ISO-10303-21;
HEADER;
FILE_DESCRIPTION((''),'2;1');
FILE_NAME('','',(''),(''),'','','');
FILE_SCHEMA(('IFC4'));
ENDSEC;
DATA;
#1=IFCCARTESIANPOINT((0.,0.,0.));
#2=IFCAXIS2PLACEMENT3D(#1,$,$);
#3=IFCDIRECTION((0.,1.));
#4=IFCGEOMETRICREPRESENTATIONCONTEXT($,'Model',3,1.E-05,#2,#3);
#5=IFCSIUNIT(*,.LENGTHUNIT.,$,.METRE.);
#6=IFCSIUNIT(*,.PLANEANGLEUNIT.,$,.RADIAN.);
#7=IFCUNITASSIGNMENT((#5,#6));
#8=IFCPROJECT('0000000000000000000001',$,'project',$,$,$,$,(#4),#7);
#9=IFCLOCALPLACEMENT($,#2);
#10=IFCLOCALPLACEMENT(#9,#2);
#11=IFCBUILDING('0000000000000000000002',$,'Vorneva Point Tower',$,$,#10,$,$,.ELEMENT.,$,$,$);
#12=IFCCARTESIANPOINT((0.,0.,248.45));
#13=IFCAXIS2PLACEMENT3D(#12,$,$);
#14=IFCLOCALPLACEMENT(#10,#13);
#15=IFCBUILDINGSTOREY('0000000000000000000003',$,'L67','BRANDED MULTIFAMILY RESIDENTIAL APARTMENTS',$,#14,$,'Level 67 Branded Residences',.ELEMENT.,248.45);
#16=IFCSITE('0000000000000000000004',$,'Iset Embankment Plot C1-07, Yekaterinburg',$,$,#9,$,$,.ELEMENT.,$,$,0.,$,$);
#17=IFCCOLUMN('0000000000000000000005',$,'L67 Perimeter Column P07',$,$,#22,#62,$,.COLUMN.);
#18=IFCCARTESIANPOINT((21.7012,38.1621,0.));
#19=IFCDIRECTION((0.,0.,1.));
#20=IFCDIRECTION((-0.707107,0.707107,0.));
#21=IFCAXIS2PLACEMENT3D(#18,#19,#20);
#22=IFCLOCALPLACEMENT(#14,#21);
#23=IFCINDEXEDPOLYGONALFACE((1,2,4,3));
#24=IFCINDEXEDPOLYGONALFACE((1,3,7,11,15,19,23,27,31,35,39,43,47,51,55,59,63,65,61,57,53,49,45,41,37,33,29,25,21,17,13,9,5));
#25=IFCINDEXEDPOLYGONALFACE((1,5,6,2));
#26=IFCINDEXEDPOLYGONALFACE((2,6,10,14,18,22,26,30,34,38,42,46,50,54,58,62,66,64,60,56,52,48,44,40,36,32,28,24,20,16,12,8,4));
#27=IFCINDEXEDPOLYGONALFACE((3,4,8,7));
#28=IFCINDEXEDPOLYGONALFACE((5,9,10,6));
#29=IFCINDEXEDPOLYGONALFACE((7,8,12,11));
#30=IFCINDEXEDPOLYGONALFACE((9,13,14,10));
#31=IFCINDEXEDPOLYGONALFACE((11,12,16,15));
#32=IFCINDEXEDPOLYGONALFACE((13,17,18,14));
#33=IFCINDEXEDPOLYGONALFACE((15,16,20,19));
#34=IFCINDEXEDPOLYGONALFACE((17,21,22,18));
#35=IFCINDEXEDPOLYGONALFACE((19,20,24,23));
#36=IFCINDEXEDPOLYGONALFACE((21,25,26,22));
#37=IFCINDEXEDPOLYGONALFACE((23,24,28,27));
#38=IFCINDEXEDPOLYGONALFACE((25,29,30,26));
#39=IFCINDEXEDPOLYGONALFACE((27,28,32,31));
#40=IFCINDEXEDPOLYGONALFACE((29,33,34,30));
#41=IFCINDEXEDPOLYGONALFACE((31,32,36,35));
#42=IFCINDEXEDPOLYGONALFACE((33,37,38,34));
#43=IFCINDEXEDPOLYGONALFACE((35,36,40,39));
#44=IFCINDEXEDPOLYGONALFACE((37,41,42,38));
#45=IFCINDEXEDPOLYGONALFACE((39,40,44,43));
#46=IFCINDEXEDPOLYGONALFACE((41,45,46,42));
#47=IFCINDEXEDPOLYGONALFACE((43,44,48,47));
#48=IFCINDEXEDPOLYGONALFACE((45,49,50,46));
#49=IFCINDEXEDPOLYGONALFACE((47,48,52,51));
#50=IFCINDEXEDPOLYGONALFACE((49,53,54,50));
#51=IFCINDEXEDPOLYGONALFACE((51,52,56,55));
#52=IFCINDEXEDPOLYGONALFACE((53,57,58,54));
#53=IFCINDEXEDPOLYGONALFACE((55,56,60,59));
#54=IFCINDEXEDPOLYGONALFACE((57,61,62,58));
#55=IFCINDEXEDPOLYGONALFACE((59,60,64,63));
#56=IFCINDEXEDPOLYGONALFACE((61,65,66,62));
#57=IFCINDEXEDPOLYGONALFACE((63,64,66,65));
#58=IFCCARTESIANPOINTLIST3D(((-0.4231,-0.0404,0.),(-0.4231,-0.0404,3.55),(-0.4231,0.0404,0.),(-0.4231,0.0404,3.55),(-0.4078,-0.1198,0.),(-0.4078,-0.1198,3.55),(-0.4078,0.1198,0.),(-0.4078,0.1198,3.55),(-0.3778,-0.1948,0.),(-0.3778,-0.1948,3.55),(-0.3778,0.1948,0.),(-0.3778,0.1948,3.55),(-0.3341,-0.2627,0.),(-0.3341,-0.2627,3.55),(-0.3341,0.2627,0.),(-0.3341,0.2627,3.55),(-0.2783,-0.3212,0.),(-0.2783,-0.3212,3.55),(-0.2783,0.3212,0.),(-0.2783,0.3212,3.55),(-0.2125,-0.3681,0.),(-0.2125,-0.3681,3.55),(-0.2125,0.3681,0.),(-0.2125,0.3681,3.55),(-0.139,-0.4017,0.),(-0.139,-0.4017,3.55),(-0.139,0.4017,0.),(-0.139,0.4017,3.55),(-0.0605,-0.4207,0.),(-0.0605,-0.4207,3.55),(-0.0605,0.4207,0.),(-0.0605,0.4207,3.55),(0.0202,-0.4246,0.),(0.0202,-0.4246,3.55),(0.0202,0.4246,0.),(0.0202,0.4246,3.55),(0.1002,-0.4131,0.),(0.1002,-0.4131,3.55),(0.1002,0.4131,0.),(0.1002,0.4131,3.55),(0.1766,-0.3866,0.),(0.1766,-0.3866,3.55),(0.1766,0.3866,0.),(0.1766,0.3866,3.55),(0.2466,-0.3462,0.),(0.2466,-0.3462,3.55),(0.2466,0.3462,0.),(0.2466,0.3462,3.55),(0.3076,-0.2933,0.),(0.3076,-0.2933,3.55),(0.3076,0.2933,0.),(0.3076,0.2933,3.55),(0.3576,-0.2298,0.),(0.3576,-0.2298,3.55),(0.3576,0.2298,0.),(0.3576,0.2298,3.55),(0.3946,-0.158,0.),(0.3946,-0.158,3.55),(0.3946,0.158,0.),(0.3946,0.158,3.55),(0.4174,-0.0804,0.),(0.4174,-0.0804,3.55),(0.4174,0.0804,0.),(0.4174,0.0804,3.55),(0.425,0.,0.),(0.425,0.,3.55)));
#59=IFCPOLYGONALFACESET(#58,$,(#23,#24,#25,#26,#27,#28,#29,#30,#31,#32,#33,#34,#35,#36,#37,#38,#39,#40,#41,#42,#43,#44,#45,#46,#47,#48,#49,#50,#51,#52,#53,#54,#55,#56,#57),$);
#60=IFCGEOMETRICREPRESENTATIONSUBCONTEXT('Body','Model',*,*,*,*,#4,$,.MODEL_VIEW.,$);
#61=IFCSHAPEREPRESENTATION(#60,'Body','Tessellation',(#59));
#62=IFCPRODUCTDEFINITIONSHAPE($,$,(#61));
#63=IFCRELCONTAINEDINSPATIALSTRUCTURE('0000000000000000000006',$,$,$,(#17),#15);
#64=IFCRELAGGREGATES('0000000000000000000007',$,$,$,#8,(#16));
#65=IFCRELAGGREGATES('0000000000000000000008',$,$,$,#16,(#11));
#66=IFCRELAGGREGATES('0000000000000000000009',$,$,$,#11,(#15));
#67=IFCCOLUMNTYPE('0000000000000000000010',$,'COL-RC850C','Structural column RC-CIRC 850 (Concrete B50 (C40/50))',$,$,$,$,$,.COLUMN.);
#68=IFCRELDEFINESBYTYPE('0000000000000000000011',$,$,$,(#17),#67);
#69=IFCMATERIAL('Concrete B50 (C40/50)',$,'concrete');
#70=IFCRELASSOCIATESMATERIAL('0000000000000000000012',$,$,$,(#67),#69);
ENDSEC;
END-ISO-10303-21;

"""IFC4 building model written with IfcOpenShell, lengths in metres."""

from ifc_helpers import new_model, si_unit, direction, frame, origin, origin_2d, place, context, subcontext, project, spatial, circle, extrude, material, material_profile, profile_set, type_object, element, save


model = new_model("IFC4")

# Units and contexts
model_context = context("Model", 3, precision=1e-05, world=origin(), true_north=direction((0.0, 1.0)))
body_context = subcontext(model_context, "Body", "Model", "MODEL_VIEW")
ifc_project = project(units=[si_unit("LENGTHUNIT", "METRE"), si_unit("PLANEANGLEUNIT", "RADIAN")], contexts=[model_context])

# Site, building, storey
site_placement = place(None, origin())
site = spatial("IfcSite", under=ifc_project, at=site_placement, Name="Iset Embankment Plot C1-07, Yekaterinburg", CompositionType="ELEMENT", RefElevation=0.0)
building_placement = place(site_placement, origin())
building = spatial("IfcBuilding", under=site, at=building_placement, Name="Vorneva Point Tower", CompositionType="ELEMENT")
storey_placement = place(building_placement, frame((0.0, 0.0, 248.45)))
storey = spatial("IfcBuildingStorey", under=building, at=storey_placement, Name="L67", Description="BRANDED MULTIFAMILY RESIDENTIAL APARTMENTS", LongName="Level 67 Branded Residences", CompositionType="ELEMENT", Elevation=248.45)

# Column
ifc_material_1 = material(Name="Concrete B50 (C40/50)", Category="concrete")
ifc_material_profile_1 = material_profile(ifc_material_1, circle(Radius=0.425, at=origin_2d()), Name="RC-CIRC 850")
ifc_profile_set_1 = profile_set([ifc_material_profile_1], Name="Concrete B50 (C40/50)")
column_type = type_object("IfcColumnType", Name="COL-RC850C", Description="Structural column RC-CIRC 850 (Concrete B50 (C40/50))", PredefinedType="COLUMN", material=ifc_profile_set_1)
column_placement = place(storey_placement, frame((21.7012, 38.1621, 0.0), z_axis=(0.0, 0.0, 1.0), x_axis=(-0.707107, 0.707107, 0.0)))
element("IfcColumn", 1, at=column_placement, inside=storey, type_object=column_type, Name="L67 Perimeter Column P07", PredefinedType="COLUMN", context=body_context, shape_type="SweptSolid", body=[
    extrude(circle(Radius=0.425, at=origin_2d()), origin(), (0.0, 0.0, 1.0), 3.55),
])

save(model, "model.ifc")
